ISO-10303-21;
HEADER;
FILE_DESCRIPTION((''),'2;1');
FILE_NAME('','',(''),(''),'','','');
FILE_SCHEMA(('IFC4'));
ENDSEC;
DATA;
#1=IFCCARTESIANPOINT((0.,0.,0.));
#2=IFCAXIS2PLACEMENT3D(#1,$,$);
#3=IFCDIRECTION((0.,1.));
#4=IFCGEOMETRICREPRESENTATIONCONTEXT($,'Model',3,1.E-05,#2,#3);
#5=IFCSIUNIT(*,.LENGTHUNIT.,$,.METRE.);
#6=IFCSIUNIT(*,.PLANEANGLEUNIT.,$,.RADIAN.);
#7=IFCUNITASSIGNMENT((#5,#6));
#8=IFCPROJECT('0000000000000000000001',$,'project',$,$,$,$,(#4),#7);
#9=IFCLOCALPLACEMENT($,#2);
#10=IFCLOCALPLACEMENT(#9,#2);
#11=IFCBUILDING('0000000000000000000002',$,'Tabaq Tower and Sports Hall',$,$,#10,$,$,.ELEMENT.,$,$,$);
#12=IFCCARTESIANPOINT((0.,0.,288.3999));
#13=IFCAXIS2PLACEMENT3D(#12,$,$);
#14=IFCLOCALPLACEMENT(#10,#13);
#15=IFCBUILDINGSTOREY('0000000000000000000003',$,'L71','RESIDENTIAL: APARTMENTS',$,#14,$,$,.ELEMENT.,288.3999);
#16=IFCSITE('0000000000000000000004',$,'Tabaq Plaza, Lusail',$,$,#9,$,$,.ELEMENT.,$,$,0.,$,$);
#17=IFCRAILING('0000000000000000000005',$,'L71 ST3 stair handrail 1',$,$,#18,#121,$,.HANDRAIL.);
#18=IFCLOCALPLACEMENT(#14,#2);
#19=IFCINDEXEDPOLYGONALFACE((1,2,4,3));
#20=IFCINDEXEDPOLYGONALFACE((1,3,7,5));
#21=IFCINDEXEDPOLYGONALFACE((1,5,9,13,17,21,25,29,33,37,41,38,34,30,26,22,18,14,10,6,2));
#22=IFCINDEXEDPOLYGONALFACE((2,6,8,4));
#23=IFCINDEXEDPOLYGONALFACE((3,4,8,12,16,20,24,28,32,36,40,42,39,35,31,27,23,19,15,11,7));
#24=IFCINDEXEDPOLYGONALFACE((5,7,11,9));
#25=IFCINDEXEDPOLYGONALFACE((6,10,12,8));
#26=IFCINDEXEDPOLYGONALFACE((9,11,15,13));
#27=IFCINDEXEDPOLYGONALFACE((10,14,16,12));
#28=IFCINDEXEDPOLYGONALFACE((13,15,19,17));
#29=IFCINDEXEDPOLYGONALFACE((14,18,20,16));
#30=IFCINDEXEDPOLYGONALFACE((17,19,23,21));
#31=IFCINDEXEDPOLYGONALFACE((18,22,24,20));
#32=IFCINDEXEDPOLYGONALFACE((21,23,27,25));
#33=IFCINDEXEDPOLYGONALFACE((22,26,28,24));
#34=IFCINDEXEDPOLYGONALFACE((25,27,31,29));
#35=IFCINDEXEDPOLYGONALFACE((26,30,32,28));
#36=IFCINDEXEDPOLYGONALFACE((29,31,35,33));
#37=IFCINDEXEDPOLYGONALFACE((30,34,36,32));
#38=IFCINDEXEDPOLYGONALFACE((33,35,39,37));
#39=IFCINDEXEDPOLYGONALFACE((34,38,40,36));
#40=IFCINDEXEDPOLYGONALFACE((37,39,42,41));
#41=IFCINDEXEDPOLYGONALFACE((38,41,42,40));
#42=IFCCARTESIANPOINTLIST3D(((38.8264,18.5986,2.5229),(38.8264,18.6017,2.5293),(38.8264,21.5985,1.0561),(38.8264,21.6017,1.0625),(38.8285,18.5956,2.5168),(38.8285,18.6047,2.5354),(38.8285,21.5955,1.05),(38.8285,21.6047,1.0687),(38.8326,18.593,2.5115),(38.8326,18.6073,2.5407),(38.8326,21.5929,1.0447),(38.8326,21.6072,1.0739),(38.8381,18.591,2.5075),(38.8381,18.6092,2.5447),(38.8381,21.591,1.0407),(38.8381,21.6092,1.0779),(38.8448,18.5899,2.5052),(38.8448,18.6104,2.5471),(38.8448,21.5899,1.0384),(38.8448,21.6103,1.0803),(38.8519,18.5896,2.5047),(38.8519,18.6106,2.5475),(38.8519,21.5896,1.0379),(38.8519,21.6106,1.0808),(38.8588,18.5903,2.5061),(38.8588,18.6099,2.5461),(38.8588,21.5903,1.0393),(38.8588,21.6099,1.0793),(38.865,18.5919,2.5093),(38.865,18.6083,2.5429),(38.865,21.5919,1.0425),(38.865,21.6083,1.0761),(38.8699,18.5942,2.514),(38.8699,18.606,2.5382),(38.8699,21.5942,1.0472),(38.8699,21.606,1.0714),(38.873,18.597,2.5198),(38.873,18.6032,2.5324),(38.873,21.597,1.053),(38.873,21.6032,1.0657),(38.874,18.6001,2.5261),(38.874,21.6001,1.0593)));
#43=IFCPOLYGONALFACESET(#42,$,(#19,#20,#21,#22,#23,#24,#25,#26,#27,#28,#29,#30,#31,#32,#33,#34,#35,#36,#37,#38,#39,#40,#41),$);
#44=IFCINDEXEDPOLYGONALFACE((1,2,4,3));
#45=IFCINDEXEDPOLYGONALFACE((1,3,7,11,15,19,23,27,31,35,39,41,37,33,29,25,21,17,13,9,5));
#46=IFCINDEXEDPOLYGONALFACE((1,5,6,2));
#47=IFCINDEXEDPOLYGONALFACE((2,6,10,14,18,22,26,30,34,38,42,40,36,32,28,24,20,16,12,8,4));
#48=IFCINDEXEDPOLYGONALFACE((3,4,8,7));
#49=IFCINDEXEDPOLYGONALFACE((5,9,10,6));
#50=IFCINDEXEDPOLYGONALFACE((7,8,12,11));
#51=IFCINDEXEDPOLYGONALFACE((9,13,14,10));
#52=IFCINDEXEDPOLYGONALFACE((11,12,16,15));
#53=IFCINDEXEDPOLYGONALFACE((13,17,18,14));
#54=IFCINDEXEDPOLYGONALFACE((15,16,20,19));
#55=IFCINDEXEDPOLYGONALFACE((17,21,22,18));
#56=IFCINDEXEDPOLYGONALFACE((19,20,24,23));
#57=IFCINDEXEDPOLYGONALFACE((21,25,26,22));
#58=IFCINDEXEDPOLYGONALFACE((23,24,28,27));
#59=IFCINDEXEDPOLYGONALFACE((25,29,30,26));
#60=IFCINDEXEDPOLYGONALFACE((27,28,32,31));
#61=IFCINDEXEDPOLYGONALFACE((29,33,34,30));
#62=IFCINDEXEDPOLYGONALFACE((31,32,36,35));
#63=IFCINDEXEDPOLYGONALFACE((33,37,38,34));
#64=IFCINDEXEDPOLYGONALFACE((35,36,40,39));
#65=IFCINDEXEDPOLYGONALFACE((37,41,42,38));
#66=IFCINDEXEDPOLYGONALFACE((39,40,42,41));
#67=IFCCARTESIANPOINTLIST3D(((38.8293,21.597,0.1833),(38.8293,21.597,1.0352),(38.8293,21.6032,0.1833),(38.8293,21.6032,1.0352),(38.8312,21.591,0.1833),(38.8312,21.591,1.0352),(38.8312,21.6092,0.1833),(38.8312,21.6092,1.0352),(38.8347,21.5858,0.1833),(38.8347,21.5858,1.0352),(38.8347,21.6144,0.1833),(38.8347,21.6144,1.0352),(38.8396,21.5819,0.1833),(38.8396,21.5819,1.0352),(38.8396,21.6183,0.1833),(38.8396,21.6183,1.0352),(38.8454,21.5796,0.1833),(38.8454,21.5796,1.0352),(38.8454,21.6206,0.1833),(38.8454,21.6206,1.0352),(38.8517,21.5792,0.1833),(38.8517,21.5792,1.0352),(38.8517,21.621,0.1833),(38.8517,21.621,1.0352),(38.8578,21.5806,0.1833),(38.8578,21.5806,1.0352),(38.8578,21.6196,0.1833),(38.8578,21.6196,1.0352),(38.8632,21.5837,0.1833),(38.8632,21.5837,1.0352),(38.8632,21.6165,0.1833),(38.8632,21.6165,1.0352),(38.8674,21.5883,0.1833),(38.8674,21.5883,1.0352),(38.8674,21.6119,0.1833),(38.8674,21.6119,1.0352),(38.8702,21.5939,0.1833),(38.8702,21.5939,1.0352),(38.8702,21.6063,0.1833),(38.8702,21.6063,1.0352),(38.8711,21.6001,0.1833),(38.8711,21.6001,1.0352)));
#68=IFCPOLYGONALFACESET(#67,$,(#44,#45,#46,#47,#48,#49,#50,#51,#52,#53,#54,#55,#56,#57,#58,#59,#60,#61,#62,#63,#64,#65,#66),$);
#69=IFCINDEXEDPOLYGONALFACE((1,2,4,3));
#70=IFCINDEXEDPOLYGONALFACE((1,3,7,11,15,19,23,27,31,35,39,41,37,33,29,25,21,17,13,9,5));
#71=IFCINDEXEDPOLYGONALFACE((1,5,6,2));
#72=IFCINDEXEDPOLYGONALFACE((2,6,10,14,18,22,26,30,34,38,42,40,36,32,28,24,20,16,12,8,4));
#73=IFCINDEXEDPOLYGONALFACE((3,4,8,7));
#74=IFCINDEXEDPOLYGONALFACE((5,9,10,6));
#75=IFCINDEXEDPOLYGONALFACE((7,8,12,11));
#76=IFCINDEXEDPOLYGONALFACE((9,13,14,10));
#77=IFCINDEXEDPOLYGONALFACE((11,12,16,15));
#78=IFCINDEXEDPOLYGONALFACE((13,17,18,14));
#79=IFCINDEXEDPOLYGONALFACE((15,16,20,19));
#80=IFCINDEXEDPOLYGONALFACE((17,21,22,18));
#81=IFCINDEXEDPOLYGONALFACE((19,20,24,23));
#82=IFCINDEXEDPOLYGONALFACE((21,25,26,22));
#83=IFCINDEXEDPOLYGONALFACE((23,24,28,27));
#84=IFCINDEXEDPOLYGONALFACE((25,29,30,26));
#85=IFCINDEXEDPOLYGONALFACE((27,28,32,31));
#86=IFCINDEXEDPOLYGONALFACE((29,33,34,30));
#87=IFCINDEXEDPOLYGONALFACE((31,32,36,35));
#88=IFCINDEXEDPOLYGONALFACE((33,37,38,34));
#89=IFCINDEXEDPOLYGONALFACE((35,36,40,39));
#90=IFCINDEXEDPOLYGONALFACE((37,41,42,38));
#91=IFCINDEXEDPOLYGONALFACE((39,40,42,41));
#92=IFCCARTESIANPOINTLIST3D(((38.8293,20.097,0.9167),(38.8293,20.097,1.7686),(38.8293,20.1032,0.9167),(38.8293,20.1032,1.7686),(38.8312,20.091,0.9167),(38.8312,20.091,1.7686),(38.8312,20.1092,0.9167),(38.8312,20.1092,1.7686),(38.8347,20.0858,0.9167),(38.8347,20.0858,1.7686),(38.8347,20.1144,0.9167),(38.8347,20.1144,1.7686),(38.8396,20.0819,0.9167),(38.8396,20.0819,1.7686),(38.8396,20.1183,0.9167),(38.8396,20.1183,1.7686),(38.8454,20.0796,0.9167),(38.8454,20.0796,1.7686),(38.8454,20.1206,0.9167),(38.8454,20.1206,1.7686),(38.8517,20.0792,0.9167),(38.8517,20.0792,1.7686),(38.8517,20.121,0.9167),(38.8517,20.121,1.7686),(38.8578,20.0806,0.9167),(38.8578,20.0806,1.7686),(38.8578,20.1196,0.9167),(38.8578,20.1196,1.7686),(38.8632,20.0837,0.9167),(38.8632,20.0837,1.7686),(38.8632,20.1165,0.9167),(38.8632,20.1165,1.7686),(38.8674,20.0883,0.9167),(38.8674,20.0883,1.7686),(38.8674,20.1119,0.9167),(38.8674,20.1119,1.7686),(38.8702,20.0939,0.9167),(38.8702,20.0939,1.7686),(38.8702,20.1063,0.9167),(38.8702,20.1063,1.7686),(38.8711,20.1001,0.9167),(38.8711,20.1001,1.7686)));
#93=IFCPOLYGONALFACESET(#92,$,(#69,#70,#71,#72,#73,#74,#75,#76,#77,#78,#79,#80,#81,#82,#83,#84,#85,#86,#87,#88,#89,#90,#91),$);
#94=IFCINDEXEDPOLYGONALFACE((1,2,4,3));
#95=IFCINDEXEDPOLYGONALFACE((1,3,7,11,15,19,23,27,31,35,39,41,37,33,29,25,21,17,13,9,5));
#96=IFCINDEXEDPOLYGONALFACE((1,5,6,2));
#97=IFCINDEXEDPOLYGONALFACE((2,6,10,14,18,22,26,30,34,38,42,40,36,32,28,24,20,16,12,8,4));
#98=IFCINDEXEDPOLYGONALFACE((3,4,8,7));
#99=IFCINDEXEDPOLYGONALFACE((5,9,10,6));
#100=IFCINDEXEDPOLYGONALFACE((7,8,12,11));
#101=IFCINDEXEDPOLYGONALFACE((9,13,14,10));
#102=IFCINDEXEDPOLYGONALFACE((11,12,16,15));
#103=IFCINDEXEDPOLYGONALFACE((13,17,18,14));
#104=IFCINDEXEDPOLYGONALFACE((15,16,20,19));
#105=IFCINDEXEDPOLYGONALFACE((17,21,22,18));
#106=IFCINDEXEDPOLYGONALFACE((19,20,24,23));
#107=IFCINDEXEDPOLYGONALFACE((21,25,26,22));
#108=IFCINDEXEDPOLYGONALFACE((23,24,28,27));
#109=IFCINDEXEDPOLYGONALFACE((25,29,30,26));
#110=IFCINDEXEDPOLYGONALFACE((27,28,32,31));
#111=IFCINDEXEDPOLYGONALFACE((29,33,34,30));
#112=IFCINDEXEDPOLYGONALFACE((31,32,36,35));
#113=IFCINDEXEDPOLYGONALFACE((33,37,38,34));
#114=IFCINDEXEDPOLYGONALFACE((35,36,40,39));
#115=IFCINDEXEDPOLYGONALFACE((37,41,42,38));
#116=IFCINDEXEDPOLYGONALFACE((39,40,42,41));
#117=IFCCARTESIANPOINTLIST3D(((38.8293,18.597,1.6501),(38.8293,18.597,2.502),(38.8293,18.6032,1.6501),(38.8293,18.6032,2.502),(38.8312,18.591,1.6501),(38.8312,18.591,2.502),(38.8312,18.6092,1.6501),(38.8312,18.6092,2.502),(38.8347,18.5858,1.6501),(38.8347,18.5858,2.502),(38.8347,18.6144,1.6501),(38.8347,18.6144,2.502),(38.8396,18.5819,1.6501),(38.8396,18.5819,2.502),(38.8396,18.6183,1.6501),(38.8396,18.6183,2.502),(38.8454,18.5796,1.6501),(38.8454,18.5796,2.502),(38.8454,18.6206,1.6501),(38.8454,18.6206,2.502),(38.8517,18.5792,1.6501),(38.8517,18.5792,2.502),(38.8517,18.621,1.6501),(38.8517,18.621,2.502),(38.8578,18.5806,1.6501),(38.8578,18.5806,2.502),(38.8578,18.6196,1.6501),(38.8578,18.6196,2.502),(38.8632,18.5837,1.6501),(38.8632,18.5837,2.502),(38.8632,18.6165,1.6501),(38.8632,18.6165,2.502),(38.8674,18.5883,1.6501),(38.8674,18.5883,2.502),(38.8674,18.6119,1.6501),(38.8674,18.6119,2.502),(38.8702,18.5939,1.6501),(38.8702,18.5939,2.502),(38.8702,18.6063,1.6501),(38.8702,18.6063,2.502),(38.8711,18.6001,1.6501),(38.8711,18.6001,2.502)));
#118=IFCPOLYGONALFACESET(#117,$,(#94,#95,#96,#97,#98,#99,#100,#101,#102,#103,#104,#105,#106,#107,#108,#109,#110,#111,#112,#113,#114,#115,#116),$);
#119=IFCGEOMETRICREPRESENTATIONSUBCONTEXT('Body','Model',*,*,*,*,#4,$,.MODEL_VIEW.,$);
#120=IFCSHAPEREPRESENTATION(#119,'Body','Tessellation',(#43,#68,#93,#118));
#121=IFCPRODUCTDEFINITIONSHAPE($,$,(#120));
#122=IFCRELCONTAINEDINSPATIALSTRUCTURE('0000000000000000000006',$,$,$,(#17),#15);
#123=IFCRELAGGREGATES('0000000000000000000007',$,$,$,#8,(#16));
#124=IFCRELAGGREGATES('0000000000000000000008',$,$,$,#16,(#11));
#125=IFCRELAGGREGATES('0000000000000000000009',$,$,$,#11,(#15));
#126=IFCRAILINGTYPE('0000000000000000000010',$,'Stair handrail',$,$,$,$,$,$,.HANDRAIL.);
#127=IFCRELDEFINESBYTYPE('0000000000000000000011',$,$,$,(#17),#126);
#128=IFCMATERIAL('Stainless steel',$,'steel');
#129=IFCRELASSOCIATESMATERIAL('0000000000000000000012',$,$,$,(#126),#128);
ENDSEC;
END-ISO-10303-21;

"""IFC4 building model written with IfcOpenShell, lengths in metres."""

from ifc_helpers import new_model, si_unit, direction, frame, origin, origin_2d, place, context, subcontext, project, spatial, circle, extrude, material, type_object, element, save


model = new_model("IFC4")

# Units and contexts
model_context = context("Model", 3, precision=1e-05, world=origin(), true_north=direction((0.0, 1.0)))
body_context = subcontext(model_context, "Body", "Model", "MODEL_VIEW")
ifc_project = project(units=[si_unit("LENGTHUNIT", "METRE"), si_unit("PLANEANGLEUNIT", "RADIAN")], contexts=[model_context])

# Site, building, storey
site_placement = place(None, origin())
site = spatial("IfcSite", under=ifc_project, at=site_placement, Name="Tabaq Plaza, Lusail", CompositionType="ELEMENT", RefElevation=0.0)
building_placement = place(site_placement, origin())
building = spatial("IfcBuilding", under=site, at=building_placement, Name="Tabaq Tower and Sports Hall", CompositionType="ELEMENT")
storey_placement = place(building_placement, frame((0.0, 0.0, 288.3999)))
storey = spatial("IfcBuildingStorey", under=building, at=storey_placement, Name="L71", Description="RESIDENTIAL: APARTMENTS", CompositionType="ELEMENT", Elevation=288.3999)

# Railing
ifc_material_1 = material(Name="Stainless steel", Category="steel")
railing_type_1 = type_object("IfcRailingType", Name="Stair handrail", PredefinedType="HANDRAIL", material=ifc_material_1)
railing_1_placement = place(storey_placement, frame((38.8501, 21.6001, 0.1833)))
element("IfcRailing", 1, at=railing_1_placement, inside=storey, type_object=railing_type_1, Name="L71 ST3 stair handrail 1", PredefinedType="HANDRAIL", context=body_context, shape_type="SweptSolid", body=[
    extrude(circle(Radius=0.0239, at=origin_2d()), frame((0.0, 0.0, 0.876), z_axis=(0.0, -0.898369, 0.439242), x_axis=(1.0, 0.0, 0.0)), (0.0, 0.0, 1.0), 3.3394),
    extrude(circle(Radius=0.021, at=origin_2d()), origin(), (0.0, 0.0, 1.0), 0.8518),
    extrude(circle(Radius=0.021, at=origin_2d()), frame((0.0, -1.5, 0.7334)), (0.0, 0.0, 1.0), 0.8518),
    extrude(circle(Radius=0.021, at=origin_2d()), frame((0.0, -3.0, 1.4668)), (0.0, 0.0, 1.0), 0.8518),
])

save(model, "model.ifc")
